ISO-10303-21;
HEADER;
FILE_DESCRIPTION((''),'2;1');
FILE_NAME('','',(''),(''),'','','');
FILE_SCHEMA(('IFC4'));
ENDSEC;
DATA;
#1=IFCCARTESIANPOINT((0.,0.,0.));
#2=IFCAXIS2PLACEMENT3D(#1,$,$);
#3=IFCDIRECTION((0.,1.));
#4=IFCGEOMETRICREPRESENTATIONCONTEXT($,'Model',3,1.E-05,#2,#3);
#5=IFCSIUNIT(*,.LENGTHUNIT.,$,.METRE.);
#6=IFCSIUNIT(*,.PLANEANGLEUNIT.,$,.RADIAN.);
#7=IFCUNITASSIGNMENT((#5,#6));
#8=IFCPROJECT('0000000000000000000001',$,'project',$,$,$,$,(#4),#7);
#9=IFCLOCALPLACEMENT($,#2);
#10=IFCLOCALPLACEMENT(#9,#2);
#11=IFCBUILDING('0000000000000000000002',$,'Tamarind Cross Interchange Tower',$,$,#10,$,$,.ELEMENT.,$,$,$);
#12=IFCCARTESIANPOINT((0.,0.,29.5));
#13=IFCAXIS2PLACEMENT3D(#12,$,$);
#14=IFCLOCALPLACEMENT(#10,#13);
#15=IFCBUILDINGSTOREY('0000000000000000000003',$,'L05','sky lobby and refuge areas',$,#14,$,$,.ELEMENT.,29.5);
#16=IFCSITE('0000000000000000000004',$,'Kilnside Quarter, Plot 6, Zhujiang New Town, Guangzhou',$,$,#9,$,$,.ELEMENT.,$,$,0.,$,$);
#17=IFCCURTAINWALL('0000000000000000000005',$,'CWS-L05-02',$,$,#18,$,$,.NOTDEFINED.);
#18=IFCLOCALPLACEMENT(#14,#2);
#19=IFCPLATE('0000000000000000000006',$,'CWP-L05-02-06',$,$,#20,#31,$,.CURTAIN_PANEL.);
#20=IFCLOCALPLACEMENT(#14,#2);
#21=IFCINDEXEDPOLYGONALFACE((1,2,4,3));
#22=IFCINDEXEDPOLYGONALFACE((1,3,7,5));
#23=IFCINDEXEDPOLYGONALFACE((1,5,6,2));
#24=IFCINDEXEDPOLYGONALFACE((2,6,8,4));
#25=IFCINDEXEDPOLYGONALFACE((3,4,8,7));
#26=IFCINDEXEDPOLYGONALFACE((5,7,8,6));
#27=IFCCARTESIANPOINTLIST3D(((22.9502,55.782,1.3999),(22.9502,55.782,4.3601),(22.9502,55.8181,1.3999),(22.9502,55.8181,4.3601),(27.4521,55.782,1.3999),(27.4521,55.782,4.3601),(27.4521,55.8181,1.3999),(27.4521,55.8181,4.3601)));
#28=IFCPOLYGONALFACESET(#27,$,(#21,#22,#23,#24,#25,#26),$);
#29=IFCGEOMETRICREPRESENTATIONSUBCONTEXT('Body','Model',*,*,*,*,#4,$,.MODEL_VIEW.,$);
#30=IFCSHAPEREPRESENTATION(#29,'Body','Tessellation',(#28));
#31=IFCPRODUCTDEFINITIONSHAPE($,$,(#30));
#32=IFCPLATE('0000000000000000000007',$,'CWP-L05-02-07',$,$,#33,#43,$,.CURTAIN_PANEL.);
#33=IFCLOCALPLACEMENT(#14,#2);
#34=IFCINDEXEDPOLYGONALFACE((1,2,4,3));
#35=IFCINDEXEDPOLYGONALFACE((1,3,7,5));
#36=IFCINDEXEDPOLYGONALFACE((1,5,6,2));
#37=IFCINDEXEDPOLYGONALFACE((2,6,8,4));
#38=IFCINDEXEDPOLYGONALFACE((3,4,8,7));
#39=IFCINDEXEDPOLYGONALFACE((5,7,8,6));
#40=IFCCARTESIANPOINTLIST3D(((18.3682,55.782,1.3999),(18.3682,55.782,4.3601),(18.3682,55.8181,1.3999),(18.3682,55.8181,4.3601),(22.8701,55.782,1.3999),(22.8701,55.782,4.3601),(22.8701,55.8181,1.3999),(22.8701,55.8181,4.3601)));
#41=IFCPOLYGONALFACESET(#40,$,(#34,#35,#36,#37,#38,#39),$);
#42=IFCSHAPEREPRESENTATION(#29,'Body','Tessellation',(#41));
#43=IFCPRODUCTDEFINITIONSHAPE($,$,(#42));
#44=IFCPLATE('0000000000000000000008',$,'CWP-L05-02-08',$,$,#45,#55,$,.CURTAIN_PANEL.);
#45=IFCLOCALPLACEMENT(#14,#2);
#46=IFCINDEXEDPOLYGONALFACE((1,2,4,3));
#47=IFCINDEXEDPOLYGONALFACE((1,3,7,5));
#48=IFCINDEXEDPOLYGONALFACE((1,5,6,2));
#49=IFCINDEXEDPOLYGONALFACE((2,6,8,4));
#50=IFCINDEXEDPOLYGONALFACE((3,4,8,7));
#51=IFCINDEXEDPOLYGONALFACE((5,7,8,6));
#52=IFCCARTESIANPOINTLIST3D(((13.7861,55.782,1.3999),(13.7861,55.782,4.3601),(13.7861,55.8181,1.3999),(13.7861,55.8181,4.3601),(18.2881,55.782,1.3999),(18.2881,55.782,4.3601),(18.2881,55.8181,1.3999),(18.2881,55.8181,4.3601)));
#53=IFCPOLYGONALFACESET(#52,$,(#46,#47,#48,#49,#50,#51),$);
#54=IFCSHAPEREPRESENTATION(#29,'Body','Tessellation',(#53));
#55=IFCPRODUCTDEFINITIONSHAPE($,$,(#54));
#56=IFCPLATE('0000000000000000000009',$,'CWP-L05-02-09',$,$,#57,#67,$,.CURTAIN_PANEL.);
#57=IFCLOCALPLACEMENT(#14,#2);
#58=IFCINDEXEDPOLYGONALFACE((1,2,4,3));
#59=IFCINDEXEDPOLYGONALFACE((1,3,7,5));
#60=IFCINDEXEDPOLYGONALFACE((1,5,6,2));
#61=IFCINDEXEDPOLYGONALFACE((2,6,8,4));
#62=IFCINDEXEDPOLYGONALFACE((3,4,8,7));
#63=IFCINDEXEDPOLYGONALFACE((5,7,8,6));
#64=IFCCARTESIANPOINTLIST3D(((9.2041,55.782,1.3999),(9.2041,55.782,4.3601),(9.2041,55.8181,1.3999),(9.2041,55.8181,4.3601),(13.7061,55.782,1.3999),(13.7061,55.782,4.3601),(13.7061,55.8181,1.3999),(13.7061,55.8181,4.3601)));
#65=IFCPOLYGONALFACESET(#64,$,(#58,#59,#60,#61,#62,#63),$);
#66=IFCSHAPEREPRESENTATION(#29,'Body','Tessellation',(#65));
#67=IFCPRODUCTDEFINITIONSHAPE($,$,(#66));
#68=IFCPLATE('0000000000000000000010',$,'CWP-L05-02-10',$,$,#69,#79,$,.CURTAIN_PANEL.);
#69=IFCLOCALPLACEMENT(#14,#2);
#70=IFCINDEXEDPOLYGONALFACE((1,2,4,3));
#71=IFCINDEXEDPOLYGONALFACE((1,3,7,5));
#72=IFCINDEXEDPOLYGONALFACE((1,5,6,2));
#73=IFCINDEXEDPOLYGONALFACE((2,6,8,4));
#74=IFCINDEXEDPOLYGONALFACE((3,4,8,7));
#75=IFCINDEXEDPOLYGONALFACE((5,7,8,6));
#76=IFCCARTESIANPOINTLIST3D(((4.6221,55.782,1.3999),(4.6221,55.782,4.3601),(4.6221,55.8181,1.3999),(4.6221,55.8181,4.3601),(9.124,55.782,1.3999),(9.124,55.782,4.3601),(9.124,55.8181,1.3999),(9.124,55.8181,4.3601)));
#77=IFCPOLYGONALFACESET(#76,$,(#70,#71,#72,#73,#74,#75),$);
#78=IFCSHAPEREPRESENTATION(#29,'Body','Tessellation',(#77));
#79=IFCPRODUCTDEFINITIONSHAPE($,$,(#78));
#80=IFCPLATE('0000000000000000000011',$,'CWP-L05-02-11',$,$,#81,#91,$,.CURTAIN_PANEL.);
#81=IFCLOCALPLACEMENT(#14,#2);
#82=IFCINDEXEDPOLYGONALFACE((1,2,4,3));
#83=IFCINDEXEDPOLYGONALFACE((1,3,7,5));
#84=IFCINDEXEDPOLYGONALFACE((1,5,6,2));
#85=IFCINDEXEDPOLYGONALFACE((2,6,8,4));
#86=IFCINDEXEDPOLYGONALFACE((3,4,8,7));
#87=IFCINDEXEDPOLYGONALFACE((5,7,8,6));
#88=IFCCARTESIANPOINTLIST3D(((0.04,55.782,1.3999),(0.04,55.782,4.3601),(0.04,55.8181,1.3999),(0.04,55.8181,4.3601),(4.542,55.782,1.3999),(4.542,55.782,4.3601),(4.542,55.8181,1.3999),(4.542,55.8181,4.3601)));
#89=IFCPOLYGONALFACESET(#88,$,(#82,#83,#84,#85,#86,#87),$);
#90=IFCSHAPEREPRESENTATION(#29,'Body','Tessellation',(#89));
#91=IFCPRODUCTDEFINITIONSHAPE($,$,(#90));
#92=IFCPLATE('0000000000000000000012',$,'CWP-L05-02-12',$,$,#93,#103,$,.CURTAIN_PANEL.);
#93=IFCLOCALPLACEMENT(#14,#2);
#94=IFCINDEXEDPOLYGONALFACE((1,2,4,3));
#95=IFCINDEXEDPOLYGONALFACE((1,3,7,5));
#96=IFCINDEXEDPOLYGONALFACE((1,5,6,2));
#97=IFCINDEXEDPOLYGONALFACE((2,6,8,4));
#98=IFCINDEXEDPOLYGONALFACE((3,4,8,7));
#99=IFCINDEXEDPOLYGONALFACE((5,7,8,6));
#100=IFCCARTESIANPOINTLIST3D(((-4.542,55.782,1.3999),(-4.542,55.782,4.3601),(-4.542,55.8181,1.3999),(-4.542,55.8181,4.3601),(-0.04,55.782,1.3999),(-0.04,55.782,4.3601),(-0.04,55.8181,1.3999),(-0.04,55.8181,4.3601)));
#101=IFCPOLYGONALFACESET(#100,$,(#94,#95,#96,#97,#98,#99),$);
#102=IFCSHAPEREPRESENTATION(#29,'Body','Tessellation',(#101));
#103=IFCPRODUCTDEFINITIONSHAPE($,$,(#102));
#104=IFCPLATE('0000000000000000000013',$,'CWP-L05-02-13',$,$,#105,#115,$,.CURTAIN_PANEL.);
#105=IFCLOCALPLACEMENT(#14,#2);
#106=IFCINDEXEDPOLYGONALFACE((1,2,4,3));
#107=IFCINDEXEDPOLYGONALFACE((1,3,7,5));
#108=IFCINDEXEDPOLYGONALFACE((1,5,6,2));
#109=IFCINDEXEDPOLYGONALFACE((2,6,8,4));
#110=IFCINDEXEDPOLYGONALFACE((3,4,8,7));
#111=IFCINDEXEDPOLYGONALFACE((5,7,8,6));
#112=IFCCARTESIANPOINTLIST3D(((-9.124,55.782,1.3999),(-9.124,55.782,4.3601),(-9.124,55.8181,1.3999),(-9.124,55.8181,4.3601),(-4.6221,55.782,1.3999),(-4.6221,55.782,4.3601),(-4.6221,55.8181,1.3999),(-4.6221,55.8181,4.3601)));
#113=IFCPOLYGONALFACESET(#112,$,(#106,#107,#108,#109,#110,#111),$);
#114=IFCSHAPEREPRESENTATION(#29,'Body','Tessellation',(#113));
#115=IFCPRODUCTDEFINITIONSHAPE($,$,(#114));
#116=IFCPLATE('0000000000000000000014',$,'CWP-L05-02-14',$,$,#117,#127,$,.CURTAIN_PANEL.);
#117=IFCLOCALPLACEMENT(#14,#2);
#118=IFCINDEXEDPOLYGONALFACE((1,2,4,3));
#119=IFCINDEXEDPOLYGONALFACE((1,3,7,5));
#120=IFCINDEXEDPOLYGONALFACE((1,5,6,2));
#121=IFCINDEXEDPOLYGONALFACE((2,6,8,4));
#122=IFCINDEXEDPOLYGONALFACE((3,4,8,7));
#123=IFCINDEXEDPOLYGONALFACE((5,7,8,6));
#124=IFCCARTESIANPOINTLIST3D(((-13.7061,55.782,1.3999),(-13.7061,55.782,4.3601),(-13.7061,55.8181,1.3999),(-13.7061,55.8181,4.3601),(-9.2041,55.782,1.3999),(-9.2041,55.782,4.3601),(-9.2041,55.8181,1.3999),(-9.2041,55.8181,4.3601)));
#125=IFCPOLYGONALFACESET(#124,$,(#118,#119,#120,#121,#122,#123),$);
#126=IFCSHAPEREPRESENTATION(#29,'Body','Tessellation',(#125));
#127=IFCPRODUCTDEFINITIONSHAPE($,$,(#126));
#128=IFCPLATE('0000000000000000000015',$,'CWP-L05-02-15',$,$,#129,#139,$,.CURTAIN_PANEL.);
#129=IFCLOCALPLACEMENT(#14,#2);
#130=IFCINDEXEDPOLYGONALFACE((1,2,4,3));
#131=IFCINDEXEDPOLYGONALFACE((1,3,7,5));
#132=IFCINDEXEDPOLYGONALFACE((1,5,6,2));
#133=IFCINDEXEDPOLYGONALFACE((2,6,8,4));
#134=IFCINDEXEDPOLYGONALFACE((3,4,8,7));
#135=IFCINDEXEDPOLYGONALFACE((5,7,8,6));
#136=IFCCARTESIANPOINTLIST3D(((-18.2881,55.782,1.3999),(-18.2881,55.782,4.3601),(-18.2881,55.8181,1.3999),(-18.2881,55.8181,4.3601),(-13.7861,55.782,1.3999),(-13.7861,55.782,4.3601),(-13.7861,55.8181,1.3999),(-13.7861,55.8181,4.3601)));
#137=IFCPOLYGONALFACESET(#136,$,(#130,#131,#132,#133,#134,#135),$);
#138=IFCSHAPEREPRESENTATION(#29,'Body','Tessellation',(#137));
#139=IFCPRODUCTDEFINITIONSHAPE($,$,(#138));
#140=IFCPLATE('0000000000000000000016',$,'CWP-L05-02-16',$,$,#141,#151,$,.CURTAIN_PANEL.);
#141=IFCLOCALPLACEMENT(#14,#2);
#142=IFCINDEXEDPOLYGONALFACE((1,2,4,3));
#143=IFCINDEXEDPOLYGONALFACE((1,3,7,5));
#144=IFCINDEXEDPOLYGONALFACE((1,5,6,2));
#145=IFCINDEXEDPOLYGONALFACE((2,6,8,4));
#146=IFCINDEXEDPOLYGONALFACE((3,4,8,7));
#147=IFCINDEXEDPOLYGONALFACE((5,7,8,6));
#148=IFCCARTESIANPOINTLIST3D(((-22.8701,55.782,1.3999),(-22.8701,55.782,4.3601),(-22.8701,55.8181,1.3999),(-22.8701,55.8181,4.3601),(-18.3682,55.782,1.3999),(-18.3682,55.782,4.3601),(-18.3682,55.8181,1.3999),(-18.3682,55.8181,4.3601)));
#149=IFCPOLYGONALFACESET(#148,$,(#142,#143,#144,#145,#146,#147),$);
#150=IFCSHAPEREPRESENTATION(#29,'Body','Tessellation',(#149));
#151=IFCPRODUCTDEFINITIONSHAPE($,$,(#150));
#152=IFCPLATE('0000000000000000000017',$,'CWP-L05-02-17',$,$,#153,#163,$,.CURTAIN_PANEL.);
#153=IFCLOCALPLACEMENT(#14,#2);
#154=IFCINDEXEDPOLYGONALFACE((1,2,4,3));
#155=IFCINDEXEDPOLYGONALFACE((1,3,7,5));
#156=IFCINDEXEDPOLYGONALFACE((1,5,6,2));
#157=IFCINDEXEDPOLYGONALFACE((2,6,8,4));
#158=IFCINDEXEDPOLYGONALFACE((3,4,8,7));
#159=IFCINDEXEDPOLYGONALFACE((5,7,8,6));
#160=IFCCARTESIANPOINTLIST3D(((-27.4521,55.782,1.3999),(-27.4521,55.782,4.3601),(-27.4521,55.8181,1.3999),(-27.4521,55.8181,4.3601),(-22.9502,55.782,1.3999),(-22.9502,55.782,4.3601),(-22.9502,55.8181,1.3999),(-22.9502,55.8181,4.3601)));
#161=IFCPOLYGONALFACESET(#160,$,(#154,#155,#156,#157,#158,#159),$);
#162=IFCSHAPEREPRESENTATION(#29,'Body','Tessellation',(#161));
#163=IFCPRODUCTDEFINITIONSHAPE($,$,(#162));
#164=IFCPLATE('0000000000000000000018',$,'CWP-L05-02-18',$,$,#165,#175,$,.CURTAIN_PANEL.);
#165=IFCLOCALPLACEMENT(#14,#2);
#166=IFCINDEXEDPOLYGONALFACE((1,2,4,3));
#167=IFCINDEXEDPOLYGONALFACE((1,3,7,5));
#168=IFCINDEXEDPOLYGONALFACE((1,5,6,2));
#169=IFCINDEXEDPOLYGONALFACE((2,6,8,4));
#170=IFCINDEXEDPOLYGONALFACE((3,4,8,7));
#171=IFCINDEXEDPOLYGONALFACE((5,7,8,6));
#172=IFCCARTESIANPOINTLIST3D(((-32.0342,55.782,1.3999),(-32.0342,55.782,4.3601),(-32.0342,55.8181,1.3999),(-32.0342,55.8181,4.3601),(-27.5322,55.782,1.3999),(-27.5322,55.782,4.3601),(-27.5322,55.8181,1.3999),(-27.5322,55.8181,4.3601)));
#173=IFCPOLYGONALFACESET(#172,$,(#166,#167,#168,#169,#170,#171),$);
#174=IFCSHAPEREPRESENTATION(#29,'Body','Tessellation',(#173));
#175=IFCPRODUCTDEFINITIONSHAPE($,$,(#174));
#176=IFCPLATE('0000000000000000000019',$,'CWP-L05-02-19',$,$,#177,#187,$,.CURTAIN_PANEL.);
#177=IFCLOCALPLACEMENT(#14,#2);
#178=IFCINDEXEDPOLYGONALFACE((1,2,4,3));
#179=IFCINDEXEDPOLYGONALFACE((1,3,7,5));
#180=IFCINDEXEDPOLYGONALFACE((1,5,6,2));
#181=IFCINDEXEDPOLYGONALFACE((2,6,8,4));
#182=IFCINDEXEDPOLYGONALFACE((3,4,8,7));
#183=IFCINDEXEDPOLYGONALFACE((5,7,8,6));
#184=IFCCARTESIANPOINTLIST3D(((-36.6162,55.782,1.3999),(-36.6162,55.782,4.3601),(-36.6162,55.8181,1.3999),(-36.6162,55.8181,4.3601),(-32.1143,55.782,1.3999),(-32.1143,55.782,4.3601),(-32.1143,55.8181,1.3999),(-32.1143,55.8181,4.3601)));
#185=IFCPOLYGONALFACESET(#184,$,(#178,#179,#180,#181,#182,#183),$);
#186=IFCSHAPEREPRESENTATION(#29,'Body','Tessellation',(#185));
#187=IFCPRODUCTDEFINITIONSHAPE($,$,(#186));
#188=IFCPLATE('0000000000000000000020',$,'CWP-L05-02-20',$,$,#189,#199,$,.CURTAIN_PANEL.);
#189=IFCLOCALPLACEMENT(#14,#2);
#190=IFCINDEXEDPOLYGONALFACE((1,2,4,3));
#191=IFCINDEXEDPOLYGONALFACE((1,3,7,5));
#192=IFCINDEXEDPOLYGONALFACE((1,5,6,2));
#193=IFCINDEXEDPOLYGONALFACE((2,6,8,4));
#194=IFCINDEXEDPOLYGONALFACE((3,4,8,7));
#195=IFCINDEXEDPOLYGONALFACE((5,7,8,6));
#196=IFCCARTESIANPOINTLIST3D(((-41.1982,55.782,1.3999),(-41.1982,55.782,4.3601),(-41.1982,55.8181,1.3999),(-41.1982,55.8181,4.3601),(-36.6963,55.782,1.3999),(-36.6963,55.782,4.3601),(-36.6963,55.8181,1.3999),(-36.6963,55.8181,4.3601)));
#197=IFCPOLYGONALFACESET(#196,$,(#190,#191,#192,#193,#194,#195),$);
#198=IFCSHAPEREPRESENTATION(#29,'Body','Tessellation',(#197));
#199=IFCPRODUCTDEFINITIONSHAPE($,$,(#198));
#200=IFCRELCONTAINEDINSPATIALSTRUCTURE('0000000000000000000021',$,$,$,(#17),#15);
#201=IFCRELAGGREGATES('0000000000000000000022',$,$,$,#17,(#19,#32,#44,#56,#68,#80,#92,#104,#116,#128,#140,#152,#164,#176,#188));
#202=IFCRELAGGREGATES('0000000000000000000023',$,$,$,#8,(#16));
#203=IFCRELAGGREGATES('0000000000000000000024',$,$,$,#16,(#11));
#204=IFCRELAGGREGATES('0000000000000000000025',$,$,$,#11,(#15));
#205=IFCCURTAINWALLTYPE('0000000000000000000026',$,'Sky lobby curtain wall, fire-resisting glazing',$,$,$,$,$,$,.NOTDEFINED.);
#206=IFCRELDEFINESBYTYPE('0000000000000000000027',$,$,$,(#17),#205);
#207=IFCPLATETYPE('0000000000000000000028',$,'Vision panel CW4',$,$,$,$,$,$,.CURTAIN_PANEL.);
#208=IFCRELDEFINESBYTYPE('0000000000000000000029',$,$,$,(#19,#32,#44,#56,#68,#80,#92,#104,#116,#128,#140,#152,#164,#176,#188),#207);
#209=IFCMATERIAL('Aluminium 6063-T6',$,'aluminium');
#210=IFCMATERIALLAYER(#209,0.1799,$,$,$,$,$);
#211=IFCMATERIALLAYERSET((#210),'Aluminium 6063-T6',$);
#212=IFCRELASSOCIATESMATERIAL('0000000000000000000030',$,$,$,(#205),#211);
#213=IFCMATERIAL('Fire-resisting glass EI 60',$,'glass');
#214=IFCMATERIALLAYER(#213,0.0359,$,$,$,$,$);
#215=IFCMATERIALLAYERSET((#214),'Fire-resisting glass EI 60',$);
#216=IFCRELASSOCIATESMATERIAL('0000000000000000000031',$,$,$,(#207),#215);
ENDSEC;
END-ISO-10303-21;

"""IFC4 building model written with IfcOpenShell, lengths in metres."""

from ifc_helpers import new_model, si_unit, direction, frame, origin, place, context, subcontext, project, spatial, polyline, outline, extrude, material, layer, layer_set, type_object, element, aggregate, save


model = new_model("IFC4")

# Units and contexts
model_context = context("Model", 3, precision=1e-05, world=origin(), true_north=direction((0.0, 1.0)))
body_context = subcontext(model_context, "Body", "Model", "MODEL_VIEW")
ifc_project = project(units=[si_unit("LENGTHUNIT", "METRE"), si_unit("PLANEANGLEUNIT", "RADIAN")], contexts=[model_context])

# Site, building, storey
site_placement = place(None, origin())
site = spatial("IfcSite", under=ifc_project, at=site_placement, Name="Kilnside Quarter, Plot 6, Zhujiang New Town, Guangzhou", CompositionType="ELEMENT", RefElevation=0.0)
building_placement = place(site_placement, origin())
building = spatial("IfcBuilding", under=site, at=building_placement, Name="Tamarind Cross Interchange Tower", CompositionType="ELEMENT")
storey_placement = place(building_placement, frame((0.0, 0.0, 29.5)))
storey = spatial("IfcBuildingStorey", under=building, at=storey_placement, Name="L05", Description="sky lobby and refuge areas", CompositionType="ELEMENT", Elevation=29.5)

# Curtain wall
ifc_material_1 = material(Name="Aluminium 6063-T6", Category="aluminium")
ifc_layer_1 = layer(ifc_material_1, 0.1799)
ifc_layer_set_1 = layer_set([ifc_layer_1], Name="Aluminium 6063-T6")
curtain_wall_type = type_object("IfcCurtainWallType", Name="Sky lobby curtain wall, fire-resisting glazing", PredefinedType="NOTDEFINED", material=ifc_layer_set_1)
curtain_wall_1_placement = place(storey_placement, origin())
curtain_wall_1 = element("IfcCurtainWall", 1, at=curtain_wall_1_placement, inside=storey, type_object=curtain_wall_type, Name="CWS-L05-02", PredefinedType="NOTDEFINED")

# Plates
ifc_material_2 = material(Name="Fire-resisting glass EI 60", Category="glass")
ifc_layer_2 = layer(ifc_material_2, 0.0359)
ifc_layer_set_2 = layer_set([ifc_layer_2], Name="Fire-resisting glass EI 60")
plate_type = type_object("IfcPlateType", Name="Vision panel CW4", PredefinedType="CURTAIN_PANEL", material=ifc_layer_set_2)
plate_1_placement = place(storey_placement, frame((0.0, 0.0, 1.3999)))
plate_1 = element("IfcPlate", 2, at=plate_1_placement, type_object=plate_type, Name="CWP-L05-02-06", PredefinedType="CURTAIN_PANEL", context=body_context, shape_type="SweptSolid", body=[
    extrude(outline(polyline([(27.4521, 55.782), (22.9502, 55.782), (22.9502, 55.8181), (27.4521, 55.8181), (27.4521, 55.782)])), origin(), (0.0, 0.0, 1.0), 2.9602),
])
plate_2_placement = place(storey_placement, frame((0.0, 0.0, 1.3999)))
plate_2 = element("IfcPlate", 3, at=plate_2_placement, type_object=plate_type, Name="CWP-L05-02-07", PredefinedType="CURTAIN_PANEL", context=body_context, shape_type="SweptSolid", body=[
    extrude(outline(polyline([(22.8701, 55.782), (18.3682, 55.782), (18.3682, 55.8181), (22.8701, 55.8181), (22.8701, 55.782)])), origin(), (0.0, 0.0, 1.0), 2.9602),
])
plate_3_placement = place(storey_placement, frame((0.0, 0.0, 1.3999)))
plate_3 = element("IfcPlate", 4, at=plate_3_placement, type_object=plate_type, Name="CWP-L05-02-08", PredefinedType="CURTAIN_PANEL", context=body_context, shape_type="SweptSolid", body=[
    extrude(outline(polyline([(18.2881, 55.782), (13.7861, 55.782), (13.7861, 55.8181), (18.2881, 55.8181), (18.2881, 55.782)])), origin(), (0.0, 0.0, 1.0), 2.9602),
])
plate_4_placement = place(storey_placement, frame((0.0, 0.0, 1.3999)))
plate_4 = element("IfcPlate", 5, at=plate_4_placement, type_object=plate_type, Name="CWP-L05-02-09", PredefinedType="CURTAIN_PANEL", context=body_context, shape_type="SweptSolid", body=[
    extrude(outline(polyline([(13.7061, 55.782), (9.2041, 55.782), (9.2041, 55.8181), (13.7061, 55.8181), (13.7061, 55.782)])), origin(), (0.0, 0.0, 1.0), 2.9602),
])
plate_5_placement = place(storey_placement, frame((0.0, 0.0, 1.3999)))
plate_5 = element("IfcPlate", 6, at=plate_5_placement, type_object=plate_type, Name="CWP-L05-02-10", PredefinedType="CURTAIN_PANEL", context=body_context, shape_type="SweptSolid", body=[
    extrude(outline(polyline([(9.124, 55.782), (4.6221, 55.782), (4.6221, 55.8181), (9.124, 55.8181), (9.124, 55.782)])), origin(), (0.0, 0.0, 1.0), 2.9602),
])
plate_6_placement = place(storey_placement, frame((0.0, 0.0, 1.3999)))
plate_6 = element("IfcPlate", 7, at=plate_6_placement, type_object=plate_type, Name="CWP-L05-02-11", PredefinedType="CURTAIN_PANEL", context=body_context, shape_type="SweptSolid", body=[
    extrude(outline(polyline([(4.542, 55.782), (0.04, 55.782), (0.04, 55.8181), (4.542, 55.8181), (4.542, 55.782)])), origin(), (0.0, 0.0, 1.0), 2.9602),
])
plate_7_placement = place(storey_placement, frame((0.0, 0.0, 1.3999)))
plate_7 = element("IfcPlate", 8, at=plate_7_placement, type_object=plate_type, Name="CWP-L05-02-12", PredefinedType="CURTAIN_PANEL", context=body_context, shape_type="SweptSolid", body=[
    extrude(outline(polyline([(-0.04, 55.782), (-4.542, 55.782), (-4.542, 55.8181), (-0.04, 55.8181), (-0.04, 55.782)])), origin(), (0.0, 0.0, 1.0), 2.9602),
])
plate_8_placement = place(storey_placement, frame((0.0, 0.0, 1.3999)))
plate_8 = element("IfcPlate", 9, at=plate_8_placement, type_object=plate_type, Name="CWP-L05-02-13", PredefinedType="CURTAIN_PANEL", context=body_context, shape_type="SweptSolid", body=[
    extrude(outline(polyline([(-4.6221, 55.782), (-9.124, 55.782), (-9.124, 55.8181), (-4.6221, 55.8181), (-4.6221, 55.782)])), origin(), (0.0, 0.0, 1.0), 2.9602),
])
plate_9_placement = place(storey_placement, frame((0.0, 0.0, 1.3999)))
plate_9 = element("IfcPlate", 10, at=plate_9_placement, type_object=plate_type, Name="CWP-L05-02-14", PredefinedType="CURTAIN_PANEL", context=body_context, shape_type="SweptSolid", body=[
    extrude(outline(polyline([(-9.2041, 55.782), (-13.7061, 55.782), (-13.7061, 55.8181), (-9.2041, 55.8181), (-9.2041, 55.782)])), origin(), (0.0, 0.0, 1.0), 2.9602),
])
plate_10_placement = place(storey_placement, frame((0.0, 0.0, 1.3999)))
plate_10 = element("IfcPlate", 11, at=plate_10_placement, type_object=plate_type, Name="CWP-L05-02-15", PredefinedType="CURTAIN_PANEL", context=body_context, shape_type="SweptSolid", body=[
    extrude(outline(polyline([(-13.7861, 55.782), (-18.2881, 55.782), (-18.2881, 55.8181), (-13.7861, 55.8181), (-13.7861, 55.782)])), origin(), (0.0, 0.0, 1.0), 2.9602),
])
plate_11_placement = place(storey_placement, frame((0.0, 0.0, 1.3999)))
plate_11 = element("IfcPlate", 12, at=plate_11_placement, type_object=plate_type, Name="CWP-L05-02-16", PredefinedType="CURTAIN_PANEL", context=body_context, shape_type="SweptSolid", body=[
    extrude(outline(polyline([(-18.3682, 55.782), (-22.8701, 55.782), (-22.8701, 55.8181), (-18.3682, 55.8181), (-18.3682, 55.782)])), origin(), (0.0, 0.0, 1.0), 2.9602),
])
plate_12_placement = place(storey_placement, frame((0.0, 0.0, 1.3999)))
plate_12 = element("IfcPlate", 13, at=plate_12_placement, type_object=plate_type, Name="CWP-L05-02-17", PredefinedType="CURTAIN_PANEL", context=body_context, shape_type="SweptSolid", body=[
    extrude(outline(polyline([(-22.9502, 55.782), (-27.4521, 55.782), (-27.4521, 55.8181), (-22.9502, 55.8181), (-22.9502, 55.782)])), origin(), (0.0, 0.0, 1.0), 2.9602),
])
plate_13_placement = place(storey_placement, frame((0.0, 0.0, 1.3999)))
plate_13 = element("IfcPlate", 14, at=plate_13_placement, type_object=plate_type, Name="CWP-L05-02-18", PredefinedType="CURTAIN_PANEL", context=body_context, shape_type="SweptSolid", body=[
    extrude(outline(polyline([(-27.5322, 55.782), (-32.0342, 55.782), (-32.0342, 55.8181), (-27.5322, 55.8181), (-27.5322, 55.782)])), origin(), (0.0, 0.0, 1.0), 2.9602),
])
plate_14_placement = place(storey_placement, frame((0.0, 0.0, 1.3999)))
plate_14 = element("IfcPlate", 15, at=plate_14_placement, type_object=plate_type, Name="CWP-L05-02-19", PredefinedType="CURTAIN_PANEL", context=body_context, shape_type="SweptSolid", body=[
    extrude(outline(polyline([(-32.1143, 55.782), (-36.6162, 55.782), (-36.6162, 55.8181), (-32.1143, 55.8181), (-32.1143, 55.782)])), origin(), (0.0, 0.0, 1.0), 2.9602),
])
plate_15_placement = place(storey_placement, frame((0.0, 0.0, 1.3999)))
plate_15 = element("IfcPlate", 16, at=plate_15_placement, type_object=plate_type, Name="CWP-L05-02-20", PredefinedType="CURTAIN_PANEL", context=body_context, shape_type="SweptSolid", body=[
    extrude(outline(polyline([(-36.6963, 55.782), (-41.1982, 55.782), (-41.1982, 55.8181), (-36.6963, 55.8181), (-36.6963, 55.782)])), origin(), (0.0, 0.0, 1.0), 2.9602),
])
aggregate(curtain_wall_1, [plate_1, plate_2, plate_3, plate_4, plate_5, plate_6, plate_7, plate_8, plate_9, plate_10, plate_11, plate_12, plate_13, plate_14, plate_15])

save(model, "model.ifc")
